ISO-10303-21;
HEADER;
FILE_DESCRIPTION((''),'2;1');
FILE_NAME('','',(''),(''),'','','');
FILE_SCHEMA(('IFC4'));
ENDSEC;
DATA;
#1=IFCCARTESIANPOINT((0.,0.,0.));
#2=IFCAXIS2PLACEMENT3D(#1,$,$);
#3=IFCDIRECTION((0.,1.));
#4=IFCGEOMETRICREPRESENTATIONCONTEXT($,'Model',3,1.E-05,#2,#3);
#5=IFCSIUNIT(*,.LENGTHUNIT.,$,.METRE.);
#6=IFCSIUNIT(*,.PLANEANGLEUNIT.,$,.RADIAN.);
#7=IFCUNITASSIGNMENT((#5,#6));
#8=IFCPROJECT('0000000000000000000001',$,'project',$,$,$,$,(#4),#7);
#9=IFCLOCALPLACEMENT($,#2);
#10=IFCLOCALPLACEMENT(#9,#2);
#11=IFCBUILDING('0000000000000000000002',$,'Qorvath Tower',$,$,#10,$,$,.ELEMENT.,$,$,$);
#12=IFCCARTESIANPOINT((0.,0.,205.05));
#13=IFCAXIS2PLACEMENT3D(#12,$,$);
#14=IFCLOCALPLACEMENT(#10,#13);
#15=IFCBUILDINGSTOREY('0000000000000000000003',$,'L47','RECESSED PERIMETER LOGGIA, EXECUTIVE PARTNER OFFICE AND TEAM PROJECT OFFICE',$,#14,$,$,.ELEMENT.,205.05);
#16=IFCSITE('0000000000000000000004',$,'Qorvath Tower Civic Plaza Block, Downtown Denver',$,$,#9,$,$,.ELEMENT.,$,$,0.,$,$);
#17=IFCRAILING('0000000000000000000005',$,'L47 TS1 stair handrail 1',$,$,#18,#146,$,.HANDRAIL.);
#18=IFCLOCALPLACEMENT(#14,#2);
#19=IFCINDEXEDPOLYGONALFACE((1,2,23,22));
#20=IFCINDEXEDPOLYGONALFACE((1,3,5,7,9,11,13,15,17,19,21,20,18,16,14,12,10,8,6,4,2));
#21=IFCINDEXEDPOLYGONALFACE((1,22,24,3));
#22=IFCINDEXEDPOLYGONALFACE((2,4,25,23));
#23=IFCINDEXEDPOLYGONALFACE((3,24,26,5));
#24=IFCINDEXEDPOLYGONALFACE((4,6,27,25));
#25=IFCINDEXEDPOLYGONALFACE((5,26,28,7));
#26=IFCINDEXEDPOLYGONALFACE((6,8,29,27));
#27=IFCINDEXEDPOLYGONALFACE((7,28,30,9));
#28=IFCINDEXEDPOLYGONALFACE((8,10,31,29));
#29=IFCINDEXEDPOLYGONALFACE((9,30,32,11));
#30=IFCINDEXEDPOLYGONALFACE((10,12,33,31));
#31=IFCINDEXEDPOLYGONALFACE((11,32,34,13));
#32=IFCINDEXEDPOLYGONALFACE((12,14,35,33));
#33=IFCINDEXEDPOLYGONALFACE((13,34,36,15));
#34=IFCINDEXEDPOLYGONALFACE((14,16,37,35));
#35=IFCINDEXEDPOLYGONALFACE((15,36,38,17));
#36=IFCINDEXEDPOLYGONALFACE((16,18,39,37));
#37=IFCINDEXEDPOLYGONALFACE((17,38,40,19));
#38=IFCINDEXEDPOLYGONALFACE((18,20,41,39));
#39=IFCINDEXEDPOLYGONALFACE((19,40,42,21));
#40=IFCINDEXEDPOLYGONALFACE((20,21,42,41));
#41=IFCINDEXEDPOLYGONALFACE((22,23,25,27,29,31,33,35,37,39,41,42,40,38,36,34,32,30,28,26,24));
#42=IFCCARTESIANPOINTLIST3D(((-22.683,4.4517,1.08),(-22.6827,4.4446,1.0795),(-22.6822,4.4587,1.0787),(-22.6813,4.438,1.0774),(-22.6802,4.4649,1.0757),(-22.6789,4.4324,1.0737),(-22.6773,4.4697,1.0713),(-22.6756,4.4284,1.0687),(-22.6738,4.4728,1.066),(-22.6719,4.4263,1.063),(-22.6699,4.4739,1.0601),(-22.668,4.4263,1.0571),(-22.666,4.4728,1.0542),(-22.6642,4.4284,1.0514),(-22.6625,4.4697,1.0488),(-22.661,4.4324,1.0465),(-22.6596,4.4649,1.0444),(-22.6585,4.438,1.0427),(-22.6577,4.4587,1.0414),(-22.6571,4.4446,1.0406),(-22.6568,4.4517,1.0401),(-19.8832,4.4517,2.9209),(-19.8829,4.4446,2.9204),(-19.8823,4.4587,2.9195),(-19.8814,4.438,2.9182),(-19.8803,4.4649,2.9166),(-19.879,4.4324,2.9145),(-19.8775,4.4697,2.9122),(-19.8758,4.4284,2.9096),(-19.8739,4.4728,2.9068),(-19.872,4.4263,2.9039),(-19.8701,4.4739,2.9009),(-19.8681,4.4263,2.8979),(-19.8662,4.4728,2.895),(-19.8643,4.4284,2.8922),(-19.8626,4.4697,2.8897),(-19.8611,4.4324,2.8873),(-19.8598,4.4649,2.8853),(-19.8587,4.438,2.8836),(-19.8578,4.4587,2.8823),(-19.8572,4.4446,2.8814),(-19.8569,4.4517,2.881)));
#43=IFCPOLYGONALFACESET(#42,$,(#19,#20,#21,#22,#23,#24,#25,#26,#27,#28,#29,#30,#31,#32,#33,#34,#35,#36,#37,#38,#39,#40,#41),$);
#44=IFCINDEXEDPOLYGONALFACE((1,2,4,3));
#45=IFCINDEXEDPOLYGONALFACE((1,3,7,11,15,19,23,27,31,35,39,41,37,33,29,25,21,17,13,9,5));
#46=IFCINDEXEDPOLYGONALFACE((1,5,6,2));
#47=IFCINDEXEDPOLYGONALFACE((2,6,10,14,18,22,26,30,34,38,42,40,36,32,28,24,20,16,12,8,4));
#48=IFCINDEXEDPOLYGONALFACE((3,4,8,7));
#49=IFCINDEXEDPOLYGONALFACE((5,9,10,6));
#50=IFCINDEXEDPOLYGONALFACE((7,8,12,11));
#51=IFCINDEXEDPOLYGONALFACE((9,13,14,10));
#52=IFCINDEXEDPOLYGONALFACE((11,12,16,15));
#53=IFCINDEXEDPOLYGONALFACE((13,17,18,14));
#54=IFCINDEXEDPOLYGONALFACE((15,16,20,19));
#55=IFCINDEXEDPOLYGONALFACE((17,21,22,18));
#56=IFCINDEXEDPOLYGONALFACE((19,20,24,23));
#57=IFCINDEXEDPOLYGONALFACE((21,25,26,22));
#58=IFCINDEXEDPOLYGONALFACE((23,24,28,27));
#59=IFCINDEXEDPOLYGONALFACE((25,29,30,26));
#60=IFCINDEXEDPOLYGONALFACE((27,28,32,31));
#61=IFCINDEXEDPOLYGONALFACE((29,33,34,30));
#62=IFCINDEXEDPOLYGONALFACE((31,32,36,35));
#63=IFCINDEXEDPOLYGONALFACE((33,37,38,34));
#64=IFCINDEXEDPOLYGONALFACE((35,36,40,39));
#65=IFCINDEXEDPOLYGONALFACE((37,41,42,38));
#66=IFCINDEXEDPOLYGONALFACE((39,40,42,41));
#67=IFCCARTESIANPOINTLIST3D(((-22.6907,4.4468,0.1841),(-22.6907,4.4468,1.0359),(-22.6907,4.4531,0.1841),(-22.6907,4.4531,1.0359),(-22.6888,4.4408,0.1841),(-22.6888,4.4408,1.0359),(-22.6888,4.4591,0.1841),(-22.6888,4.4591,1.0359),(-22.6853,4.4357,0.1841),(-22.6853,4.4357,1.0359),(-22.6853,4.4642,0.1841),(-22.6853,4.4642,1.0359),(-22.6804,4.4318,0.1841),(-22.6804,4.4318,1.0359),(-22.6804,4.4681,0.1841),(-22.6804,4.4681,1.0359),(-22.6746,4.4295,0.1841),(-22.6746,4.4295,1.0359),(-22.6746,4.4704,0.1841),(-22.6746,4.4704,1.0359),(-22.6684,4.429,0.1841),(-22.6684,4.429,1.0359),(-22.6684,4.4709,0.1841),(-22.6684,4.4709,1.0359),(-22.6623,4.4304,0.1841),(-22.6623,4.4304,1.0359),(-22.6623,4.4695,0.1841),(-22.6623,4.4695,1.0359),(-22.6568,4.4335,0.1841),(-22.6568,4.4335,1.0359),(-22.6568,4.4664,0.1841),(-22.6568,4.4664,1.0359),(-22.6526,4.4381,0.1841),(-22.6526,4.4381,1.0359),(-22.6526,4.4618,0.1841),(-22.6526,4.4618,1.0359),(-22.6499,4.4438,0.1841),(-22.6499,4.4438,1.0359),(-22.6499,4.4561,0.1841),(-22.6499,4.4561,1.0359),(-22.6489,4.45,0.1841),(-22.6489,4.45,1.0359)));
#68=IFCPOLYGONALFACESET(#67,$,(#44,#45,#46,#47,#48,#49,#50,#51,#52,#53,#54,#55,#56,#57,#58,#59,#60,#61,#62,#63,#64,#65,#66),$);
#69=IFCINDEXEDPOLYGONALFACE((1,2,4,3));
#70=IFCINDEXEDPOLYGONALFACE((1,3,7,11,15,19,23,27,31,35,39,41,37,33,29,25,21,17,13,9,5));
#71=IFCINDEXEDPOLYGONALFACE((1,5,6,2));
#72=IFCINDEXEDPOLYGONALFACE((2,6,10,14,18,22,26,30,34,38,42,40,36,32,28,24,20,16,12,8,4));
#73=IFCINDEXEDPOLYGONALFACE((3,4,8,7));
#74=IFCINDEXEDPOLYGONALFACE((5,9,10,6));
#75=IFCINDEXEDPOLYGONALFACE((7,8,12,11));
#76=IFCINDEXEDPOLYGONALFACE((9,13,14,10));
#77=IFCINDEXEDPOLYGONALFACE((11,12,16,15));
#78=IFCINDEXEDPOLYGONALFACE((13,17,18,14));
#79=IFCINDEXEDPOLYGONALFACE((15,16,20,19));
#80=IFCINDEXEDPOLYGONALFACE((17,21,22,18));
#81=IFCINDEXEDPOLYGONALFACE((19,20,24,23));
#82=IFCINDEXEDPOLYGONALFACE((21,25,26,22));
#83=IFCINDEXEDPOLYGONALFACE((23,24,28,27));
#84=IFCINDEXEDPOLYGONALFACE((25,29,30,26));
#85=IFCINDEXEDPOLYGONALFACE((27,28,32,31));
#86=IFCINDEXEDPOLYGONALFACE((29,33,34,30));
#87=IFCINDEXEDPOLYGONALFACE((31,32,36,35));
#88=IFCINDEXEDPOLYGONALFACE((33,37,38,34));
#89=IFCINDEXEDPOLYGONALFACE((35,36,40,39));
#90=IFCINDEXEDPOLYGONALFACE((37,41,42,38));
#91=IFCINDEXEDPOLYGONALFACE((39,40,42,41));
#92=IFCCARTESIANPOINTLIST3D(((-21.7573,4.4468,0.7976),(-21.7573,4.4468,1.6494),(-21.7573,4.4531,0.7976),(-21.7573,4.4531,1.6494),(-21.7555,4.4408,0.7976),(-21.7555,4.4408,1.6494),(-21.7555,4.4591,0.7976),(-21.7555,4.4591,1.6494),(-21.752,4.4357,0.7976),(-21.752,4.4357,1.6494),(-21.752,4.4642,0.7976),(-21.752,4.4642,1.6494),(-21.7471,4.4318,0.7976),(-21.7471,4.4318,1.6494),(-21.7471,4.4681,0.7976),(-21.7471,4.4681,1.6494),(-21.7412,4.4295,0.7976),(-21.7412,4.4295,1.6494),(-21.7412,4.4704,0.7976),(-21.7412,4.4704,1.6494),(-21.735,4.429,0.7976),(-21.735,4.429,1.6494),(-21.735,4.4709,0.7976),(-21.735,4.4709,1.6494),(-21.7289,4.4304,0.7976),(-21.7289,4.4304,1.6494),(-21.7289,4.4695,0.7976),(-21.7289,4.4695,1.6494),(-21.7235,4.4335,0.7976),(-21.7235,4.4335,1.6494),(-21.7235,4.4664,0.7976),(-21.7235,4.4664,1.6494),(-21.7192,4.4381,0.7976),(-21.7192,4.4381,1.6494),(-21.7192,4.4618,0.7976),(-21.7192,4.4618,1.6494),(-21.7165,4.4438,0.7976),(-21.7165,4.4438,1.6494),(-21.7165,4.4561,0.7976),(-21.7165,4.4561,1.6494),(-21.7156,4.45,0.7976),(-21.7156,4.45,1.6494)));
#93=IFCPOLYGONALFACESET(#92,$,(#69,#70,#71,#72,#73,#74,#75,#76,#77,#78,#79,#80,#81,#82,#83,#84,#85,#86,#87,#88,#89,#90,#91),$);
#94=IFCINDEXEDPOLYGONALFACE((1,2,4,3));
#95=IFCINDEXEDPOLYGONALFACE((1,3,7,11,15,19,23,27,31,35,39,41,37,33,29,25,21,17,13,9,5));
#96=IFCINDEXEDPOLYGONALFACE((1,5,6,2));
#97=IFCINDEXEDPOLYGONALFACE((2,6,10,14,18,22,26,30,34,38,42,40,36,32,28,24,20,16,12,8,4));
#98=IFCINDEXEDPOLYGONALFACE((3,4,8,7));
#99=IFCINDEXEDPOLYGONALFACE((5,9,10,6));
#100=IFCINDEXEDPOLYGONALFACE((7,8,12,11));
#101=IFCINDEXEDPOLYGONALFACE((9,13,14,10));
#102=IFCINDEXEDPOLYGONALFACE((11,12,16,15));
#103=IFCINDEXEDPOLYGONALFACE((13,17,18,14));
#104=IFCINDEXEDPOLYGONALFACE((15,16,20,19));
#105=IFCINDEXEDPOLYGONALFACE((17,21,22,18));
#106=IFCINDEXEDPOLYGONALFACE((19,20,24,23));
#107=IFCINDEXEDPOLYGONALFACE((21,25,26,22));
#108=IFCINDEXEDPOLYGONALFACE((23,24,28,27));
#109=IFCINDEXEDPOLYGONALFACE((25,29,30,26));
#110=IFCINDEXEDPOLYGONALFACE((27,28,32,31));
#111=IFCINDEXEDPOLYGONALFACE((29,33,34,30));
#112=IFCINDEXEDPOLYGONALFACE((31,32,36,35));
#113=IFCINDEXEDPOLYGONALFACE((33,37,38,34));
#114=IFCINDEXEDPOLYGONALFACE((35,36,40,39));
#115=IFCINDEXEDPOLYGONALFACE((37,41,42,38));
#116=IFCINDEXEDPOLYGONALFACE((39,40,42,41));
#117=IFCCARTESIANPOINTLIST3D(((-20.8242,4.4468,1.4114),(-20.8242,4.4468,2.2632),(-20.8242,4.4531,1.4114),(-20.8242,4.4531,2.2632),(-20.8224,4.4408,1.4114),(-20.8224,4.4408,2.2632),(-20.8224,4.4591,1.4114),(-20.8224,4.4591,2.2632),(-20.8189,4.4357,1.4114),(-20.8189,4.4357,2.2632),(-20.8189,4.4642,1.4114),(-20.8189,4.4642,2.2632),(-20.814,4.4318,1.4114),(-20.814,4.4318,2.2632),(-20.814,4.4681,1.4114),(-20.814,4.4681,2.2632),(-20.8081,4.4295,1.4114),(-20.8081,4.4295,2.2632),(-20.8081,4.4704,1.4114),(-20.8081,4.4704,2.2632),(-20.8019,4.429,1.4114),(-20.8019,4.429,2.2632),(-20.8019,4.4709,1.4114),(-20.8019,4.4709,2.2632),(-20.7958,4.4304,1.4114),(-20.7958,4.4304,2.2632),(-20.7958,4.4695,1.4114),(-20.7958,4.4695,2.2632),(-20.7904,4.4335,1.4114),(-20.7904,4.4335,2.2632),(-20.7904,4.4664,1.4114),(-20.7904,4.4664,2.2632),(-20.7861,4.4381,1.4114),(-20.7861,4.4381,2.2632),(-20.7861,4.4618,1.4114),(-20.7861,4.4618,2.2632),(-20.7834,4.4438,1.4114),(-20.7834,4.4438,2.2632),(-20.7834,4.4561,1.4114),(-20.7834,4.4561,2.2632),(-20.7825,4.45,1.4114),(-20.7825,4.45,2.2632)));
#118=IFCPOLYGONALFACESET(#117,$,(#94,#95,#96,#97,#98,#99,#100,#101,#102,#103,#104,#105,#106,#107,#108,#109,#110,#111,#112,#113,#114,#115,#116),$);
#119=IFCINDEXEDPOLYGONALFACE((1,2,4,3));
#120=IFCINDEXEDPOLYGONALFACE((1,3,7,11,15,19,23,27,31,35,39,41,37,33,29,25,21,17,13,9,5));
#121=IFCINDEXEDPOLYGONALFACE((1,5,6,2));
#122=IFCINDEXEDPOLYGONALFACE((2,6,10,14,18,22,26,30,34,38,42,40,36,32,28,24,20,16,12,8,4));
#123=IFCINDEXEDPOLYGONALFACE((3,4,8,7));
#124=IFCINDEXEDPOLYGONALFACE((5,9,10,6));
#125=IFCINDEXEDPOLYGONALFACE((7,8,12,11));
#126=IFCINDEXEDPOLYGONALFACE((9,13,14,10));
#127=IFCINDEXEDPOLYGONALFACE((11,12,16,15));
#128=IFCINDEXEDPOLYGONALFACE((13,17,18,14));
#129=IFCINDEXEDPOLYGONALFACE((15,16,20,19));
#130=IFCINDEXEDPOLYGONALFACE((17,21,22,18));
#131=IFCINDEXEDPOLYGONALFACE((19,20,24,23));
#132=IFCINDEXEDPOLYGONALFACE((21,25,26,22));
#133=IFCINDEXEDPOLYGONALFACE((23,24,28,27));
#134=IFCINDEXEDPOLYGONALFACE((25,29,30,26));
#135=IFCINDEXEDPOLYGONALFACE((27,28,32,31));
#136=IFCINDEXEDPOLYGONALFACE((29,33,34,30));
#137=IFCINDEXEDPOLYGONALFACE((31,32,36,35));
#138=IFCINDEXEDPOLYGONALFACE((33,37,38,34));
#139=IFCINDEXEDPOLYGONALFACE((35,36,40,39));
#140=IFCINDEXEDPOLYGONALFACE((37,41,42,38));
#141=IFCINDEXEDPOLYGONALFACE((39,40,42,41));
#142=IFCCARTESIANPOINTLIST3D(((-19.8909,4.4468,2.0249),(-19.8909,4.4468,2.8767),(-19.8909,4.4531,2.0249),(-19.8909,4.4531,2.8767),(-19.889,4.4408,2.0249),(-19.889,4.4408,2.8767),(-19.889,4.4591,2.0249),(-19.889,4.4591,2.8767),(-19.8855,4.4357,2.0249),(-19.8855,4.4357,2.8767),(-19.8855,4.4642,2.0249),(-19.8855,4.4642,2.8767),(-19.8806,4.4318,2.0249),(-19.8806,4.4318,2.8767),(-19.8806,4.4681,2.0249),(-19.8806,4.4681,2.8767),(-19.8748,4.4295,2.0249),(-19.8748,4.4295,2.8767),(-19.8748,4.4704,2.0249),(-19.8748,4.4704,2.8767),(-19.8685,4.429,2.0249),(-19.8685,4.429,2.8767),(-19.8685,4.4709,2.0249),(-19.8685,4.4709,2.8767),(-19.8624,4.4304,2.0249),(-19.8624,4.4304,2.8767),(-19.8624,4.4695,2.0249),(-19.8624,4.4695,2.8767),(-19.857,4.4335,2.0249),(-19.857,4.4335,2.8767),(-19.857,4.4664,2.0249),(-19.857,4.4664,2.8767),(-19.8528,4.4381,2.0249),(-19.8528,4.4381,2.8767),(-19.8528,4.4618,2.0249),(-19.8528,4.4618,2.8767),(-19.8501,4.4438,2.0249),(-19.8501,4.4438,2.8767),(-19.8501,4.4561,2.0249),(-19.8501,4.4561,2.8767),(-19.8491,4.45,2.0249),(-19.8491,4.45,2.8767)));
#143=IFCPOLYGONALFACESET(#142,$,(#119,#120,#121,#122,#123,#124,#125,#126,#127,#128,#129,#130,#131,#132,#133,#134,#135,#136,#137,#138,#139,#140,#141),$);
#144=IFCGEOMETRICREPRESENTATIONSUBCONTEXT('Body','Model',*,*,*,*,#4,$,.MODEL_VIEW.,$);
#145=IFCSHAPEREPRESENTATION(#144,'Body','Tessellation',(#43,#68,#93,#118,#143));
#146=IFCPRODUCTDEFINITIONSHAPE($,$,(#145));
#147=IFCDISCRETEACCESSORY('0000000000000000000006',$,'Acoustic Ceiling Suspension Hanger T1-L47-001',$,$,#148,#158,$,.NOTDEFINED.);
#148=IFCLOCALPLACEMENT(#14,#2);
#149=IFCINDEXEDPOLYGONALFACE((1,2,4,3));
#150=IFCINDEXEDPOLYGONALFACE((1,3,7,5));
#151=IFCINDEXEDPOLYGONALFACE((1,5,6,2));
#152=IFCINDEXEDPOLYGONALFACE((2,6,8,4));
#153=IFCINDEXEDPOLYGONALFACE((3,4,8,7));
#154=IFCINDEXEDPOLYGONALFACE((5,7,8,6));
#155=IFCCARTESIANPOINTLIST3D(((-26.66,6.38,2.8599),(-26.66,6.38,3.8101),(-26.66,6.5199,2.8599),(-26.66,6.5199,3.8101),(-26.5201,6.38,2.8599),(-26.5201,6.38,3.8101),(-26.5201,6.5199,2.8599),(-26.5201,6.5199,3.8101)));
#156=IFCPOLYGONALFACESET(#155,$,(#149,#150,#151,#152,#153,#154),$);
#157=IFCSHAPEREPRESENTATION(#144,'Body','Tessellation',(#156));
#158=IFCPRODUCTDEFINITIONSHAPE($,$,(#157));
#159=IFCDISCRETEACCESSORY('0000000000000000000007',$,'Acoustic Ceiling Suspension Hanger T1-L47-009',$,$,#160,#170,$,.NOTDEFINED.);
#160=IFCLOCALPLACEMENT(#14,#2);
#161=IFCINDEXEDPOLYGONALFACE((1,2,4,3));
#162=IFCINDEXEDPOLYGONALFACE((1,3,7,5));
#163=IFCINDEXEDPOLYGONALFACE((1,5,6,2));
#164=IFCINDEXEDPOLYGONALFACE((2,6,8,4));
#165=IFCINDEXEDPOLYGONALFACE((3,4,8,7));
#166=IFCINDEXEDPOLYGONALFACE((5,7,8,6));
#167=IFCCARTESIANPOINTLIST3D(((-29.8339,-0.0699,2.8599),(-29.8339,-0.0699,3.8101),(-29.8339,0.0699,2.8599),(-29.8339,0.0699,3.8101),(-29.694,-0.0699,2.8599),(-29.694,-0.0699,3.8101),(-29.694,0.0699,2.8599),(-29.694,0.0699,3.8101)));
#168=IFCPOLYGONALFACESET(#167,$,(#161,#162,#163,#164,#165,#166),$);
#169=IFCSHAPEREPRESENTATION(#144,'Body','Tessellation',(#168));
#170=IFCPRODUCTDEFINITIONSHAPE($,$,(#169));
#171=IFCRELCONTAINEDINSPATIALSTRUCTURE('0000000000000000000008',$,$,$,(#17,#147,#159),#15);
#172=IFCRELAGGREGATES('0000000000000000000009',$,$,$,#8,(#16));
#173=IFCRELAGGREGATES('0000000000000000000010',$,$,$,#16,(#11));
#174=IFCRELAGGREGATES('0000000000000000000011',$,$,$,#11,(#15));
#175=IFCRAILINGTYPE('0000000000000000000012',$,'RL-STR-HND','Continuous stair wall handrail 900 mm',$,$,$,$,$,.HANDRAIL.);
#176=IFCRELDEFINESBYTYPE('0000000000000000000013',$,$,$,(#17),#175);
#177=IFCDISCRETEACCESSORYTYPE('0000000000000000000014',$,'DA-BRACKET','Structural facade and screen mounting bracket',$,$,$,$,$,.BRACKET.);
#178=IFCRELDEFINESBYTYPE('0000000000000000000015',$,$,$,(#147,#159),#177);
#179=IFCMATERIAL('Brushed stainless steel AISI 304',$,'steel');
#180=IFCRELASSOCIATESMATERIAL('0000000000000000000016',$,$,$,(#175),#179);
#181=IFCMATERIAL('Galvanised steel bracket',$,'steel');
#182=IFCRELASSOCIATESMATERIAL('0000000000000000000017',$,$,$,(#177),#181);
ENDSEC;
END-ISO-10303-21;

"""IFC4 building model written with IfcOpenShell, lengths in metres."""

from ifc_helpers import new_model, si_unit, direction, frame, origin, origin_2d, place, context, subcontext, project, spatial, rectangle, circle, extrude, material, type_object, element, save


model = new_model("IFC4")

# Units and contexts
model_context = context("Model", 3, precision=1e-05, world=origin(), true_north=direction((0.0, 1.0)))
body_context = subcontext(model_context, "Body", "Model", "MODEL_VIEW")
ifc_project = project(units=[si_unit("LENGTHUNIT", "METRE"), si_unit("PLANEANGLEUNIT", "RADIAN")], contexts=[model_context])

# Site, building, storey
site_placement = place(None, origin())
site = spatial("IfcSite", under=ifc_project, at=site_placement, Name="Qorvath Tower Civic Plaza Block, Downtown Denver", CompositionType="ELEMENT", RefElevation=0.0)
building_placement = place(site_placement, origin())
building = spatial("IfcBuilding", under=site, at=building_placement, Name="Qorvath Tower", CompositionType="ELEMENT")
storey_placement = place(building_placement, frame((0.0, 0.0, 205.05)))
storey = spatial("IfcBuildingStorey", under=building, at=storey_placement, Name="L47", Description="RECESSED PERIMETER LOGGIA, EXECUTIVE PARTNER OFFICE AND TEAM PROJECT OFFICE", CompositionType="ELEMENT", Elevation=205.05)

# Railing
ifc_material_1 = material(Name="Brushed stainless steel AISI 304", Category="steel")
railing_type_1 = type_object("IfcRailingType", Name="RL-STR-HND", Description="Continuous stair wall handrail 900 mm", PredefinedType="HANDRAIL", material=ifc_material_1)
railing_1_placement = place(storey_placement, frame((-22.6699, 4.45, 0.1841)))
element("IfcRailing", 1, at=railing_1_placement, inside=storey, type_object=railing_type_1, Name="L47 TS1 stair handrail 1", PredefinedType="HANDRAIL", context=body_context, shape_type="SweptSolid", body=[
    extrude(circle(Radius=0.0239, at=origin_2d()), frame((0.0, 0.0, 0.876), z_axis=(0.835576, 0.0, 0.549376), x_axis=(0.0, 1.0, 0.0)), (0.0, 0.0, 1.0), 3.3508),
    extrude(circle(Radius=0.021, at=origin_2d()), origin(), (0.0, 0.0, 1.0), 0.8518),
    extrude(circle(Radius=0.021, at=origin_2d()), frame((0.9333, 0.0, 0.6135)), (0.0, 0.0, 1.0), 0.8518),
    extrude(circle(Radius=0.021, at=origin_2d()), frame((1.8665, 0.0, 1.2273)), (0.0, 0.0, 1.0), 0.8518),
    extrude(circle(Radius=0.021, at=origin_2d()), frame((2.7998, 0.0, 1.8408)), (0.0, 0.0, 1.0), 0.8518),
])

# Discrete accessories
ifc_material_2 = material(Name="Galvanised steel bracket", Category="steel")
discrete_accessory_type = type_object("IfcDiscreteAccessoryType", Name="DA-BRACKET", Description="Structural facade and screen mounting bracket", PredefinedType="BRACKET", material=ifc_material_2)
for number, where, z_axis, x_axis, name in (
    (2, (-26.5901, 6.45, 2.8599), (0.0, 0.0, 1.0), (1.0, 0.0, 0.0), "Acoustic Ceiling Suspension Hanger T1-L47-001"),
    (3, (-29.7639, 0.0, 2.8599), (0.0, 0.0, 1.0), (1.0, 0.0, 0.0), "Acoustic Ceiling Suspension Hanger T1-L47-009"),
):
    element("IfcDiscreteAccessory", number, at=place(storey_placement, frame(where, z_axis=z_axis, x_axis=x_axis)), inside=storey, type_object=discrete_accessory_type, Name=name, PredefinedType="NOTDEFINED", context=body_context, shape_type="SweptSolid", body=[
        extrude(rectangle(XDim=0.1399, YDim=0.1399, at=origin_2d()), origin(), (0.0, 0.0, 1.0), 0.9502),
    ])

save(model, "model.ifc")
